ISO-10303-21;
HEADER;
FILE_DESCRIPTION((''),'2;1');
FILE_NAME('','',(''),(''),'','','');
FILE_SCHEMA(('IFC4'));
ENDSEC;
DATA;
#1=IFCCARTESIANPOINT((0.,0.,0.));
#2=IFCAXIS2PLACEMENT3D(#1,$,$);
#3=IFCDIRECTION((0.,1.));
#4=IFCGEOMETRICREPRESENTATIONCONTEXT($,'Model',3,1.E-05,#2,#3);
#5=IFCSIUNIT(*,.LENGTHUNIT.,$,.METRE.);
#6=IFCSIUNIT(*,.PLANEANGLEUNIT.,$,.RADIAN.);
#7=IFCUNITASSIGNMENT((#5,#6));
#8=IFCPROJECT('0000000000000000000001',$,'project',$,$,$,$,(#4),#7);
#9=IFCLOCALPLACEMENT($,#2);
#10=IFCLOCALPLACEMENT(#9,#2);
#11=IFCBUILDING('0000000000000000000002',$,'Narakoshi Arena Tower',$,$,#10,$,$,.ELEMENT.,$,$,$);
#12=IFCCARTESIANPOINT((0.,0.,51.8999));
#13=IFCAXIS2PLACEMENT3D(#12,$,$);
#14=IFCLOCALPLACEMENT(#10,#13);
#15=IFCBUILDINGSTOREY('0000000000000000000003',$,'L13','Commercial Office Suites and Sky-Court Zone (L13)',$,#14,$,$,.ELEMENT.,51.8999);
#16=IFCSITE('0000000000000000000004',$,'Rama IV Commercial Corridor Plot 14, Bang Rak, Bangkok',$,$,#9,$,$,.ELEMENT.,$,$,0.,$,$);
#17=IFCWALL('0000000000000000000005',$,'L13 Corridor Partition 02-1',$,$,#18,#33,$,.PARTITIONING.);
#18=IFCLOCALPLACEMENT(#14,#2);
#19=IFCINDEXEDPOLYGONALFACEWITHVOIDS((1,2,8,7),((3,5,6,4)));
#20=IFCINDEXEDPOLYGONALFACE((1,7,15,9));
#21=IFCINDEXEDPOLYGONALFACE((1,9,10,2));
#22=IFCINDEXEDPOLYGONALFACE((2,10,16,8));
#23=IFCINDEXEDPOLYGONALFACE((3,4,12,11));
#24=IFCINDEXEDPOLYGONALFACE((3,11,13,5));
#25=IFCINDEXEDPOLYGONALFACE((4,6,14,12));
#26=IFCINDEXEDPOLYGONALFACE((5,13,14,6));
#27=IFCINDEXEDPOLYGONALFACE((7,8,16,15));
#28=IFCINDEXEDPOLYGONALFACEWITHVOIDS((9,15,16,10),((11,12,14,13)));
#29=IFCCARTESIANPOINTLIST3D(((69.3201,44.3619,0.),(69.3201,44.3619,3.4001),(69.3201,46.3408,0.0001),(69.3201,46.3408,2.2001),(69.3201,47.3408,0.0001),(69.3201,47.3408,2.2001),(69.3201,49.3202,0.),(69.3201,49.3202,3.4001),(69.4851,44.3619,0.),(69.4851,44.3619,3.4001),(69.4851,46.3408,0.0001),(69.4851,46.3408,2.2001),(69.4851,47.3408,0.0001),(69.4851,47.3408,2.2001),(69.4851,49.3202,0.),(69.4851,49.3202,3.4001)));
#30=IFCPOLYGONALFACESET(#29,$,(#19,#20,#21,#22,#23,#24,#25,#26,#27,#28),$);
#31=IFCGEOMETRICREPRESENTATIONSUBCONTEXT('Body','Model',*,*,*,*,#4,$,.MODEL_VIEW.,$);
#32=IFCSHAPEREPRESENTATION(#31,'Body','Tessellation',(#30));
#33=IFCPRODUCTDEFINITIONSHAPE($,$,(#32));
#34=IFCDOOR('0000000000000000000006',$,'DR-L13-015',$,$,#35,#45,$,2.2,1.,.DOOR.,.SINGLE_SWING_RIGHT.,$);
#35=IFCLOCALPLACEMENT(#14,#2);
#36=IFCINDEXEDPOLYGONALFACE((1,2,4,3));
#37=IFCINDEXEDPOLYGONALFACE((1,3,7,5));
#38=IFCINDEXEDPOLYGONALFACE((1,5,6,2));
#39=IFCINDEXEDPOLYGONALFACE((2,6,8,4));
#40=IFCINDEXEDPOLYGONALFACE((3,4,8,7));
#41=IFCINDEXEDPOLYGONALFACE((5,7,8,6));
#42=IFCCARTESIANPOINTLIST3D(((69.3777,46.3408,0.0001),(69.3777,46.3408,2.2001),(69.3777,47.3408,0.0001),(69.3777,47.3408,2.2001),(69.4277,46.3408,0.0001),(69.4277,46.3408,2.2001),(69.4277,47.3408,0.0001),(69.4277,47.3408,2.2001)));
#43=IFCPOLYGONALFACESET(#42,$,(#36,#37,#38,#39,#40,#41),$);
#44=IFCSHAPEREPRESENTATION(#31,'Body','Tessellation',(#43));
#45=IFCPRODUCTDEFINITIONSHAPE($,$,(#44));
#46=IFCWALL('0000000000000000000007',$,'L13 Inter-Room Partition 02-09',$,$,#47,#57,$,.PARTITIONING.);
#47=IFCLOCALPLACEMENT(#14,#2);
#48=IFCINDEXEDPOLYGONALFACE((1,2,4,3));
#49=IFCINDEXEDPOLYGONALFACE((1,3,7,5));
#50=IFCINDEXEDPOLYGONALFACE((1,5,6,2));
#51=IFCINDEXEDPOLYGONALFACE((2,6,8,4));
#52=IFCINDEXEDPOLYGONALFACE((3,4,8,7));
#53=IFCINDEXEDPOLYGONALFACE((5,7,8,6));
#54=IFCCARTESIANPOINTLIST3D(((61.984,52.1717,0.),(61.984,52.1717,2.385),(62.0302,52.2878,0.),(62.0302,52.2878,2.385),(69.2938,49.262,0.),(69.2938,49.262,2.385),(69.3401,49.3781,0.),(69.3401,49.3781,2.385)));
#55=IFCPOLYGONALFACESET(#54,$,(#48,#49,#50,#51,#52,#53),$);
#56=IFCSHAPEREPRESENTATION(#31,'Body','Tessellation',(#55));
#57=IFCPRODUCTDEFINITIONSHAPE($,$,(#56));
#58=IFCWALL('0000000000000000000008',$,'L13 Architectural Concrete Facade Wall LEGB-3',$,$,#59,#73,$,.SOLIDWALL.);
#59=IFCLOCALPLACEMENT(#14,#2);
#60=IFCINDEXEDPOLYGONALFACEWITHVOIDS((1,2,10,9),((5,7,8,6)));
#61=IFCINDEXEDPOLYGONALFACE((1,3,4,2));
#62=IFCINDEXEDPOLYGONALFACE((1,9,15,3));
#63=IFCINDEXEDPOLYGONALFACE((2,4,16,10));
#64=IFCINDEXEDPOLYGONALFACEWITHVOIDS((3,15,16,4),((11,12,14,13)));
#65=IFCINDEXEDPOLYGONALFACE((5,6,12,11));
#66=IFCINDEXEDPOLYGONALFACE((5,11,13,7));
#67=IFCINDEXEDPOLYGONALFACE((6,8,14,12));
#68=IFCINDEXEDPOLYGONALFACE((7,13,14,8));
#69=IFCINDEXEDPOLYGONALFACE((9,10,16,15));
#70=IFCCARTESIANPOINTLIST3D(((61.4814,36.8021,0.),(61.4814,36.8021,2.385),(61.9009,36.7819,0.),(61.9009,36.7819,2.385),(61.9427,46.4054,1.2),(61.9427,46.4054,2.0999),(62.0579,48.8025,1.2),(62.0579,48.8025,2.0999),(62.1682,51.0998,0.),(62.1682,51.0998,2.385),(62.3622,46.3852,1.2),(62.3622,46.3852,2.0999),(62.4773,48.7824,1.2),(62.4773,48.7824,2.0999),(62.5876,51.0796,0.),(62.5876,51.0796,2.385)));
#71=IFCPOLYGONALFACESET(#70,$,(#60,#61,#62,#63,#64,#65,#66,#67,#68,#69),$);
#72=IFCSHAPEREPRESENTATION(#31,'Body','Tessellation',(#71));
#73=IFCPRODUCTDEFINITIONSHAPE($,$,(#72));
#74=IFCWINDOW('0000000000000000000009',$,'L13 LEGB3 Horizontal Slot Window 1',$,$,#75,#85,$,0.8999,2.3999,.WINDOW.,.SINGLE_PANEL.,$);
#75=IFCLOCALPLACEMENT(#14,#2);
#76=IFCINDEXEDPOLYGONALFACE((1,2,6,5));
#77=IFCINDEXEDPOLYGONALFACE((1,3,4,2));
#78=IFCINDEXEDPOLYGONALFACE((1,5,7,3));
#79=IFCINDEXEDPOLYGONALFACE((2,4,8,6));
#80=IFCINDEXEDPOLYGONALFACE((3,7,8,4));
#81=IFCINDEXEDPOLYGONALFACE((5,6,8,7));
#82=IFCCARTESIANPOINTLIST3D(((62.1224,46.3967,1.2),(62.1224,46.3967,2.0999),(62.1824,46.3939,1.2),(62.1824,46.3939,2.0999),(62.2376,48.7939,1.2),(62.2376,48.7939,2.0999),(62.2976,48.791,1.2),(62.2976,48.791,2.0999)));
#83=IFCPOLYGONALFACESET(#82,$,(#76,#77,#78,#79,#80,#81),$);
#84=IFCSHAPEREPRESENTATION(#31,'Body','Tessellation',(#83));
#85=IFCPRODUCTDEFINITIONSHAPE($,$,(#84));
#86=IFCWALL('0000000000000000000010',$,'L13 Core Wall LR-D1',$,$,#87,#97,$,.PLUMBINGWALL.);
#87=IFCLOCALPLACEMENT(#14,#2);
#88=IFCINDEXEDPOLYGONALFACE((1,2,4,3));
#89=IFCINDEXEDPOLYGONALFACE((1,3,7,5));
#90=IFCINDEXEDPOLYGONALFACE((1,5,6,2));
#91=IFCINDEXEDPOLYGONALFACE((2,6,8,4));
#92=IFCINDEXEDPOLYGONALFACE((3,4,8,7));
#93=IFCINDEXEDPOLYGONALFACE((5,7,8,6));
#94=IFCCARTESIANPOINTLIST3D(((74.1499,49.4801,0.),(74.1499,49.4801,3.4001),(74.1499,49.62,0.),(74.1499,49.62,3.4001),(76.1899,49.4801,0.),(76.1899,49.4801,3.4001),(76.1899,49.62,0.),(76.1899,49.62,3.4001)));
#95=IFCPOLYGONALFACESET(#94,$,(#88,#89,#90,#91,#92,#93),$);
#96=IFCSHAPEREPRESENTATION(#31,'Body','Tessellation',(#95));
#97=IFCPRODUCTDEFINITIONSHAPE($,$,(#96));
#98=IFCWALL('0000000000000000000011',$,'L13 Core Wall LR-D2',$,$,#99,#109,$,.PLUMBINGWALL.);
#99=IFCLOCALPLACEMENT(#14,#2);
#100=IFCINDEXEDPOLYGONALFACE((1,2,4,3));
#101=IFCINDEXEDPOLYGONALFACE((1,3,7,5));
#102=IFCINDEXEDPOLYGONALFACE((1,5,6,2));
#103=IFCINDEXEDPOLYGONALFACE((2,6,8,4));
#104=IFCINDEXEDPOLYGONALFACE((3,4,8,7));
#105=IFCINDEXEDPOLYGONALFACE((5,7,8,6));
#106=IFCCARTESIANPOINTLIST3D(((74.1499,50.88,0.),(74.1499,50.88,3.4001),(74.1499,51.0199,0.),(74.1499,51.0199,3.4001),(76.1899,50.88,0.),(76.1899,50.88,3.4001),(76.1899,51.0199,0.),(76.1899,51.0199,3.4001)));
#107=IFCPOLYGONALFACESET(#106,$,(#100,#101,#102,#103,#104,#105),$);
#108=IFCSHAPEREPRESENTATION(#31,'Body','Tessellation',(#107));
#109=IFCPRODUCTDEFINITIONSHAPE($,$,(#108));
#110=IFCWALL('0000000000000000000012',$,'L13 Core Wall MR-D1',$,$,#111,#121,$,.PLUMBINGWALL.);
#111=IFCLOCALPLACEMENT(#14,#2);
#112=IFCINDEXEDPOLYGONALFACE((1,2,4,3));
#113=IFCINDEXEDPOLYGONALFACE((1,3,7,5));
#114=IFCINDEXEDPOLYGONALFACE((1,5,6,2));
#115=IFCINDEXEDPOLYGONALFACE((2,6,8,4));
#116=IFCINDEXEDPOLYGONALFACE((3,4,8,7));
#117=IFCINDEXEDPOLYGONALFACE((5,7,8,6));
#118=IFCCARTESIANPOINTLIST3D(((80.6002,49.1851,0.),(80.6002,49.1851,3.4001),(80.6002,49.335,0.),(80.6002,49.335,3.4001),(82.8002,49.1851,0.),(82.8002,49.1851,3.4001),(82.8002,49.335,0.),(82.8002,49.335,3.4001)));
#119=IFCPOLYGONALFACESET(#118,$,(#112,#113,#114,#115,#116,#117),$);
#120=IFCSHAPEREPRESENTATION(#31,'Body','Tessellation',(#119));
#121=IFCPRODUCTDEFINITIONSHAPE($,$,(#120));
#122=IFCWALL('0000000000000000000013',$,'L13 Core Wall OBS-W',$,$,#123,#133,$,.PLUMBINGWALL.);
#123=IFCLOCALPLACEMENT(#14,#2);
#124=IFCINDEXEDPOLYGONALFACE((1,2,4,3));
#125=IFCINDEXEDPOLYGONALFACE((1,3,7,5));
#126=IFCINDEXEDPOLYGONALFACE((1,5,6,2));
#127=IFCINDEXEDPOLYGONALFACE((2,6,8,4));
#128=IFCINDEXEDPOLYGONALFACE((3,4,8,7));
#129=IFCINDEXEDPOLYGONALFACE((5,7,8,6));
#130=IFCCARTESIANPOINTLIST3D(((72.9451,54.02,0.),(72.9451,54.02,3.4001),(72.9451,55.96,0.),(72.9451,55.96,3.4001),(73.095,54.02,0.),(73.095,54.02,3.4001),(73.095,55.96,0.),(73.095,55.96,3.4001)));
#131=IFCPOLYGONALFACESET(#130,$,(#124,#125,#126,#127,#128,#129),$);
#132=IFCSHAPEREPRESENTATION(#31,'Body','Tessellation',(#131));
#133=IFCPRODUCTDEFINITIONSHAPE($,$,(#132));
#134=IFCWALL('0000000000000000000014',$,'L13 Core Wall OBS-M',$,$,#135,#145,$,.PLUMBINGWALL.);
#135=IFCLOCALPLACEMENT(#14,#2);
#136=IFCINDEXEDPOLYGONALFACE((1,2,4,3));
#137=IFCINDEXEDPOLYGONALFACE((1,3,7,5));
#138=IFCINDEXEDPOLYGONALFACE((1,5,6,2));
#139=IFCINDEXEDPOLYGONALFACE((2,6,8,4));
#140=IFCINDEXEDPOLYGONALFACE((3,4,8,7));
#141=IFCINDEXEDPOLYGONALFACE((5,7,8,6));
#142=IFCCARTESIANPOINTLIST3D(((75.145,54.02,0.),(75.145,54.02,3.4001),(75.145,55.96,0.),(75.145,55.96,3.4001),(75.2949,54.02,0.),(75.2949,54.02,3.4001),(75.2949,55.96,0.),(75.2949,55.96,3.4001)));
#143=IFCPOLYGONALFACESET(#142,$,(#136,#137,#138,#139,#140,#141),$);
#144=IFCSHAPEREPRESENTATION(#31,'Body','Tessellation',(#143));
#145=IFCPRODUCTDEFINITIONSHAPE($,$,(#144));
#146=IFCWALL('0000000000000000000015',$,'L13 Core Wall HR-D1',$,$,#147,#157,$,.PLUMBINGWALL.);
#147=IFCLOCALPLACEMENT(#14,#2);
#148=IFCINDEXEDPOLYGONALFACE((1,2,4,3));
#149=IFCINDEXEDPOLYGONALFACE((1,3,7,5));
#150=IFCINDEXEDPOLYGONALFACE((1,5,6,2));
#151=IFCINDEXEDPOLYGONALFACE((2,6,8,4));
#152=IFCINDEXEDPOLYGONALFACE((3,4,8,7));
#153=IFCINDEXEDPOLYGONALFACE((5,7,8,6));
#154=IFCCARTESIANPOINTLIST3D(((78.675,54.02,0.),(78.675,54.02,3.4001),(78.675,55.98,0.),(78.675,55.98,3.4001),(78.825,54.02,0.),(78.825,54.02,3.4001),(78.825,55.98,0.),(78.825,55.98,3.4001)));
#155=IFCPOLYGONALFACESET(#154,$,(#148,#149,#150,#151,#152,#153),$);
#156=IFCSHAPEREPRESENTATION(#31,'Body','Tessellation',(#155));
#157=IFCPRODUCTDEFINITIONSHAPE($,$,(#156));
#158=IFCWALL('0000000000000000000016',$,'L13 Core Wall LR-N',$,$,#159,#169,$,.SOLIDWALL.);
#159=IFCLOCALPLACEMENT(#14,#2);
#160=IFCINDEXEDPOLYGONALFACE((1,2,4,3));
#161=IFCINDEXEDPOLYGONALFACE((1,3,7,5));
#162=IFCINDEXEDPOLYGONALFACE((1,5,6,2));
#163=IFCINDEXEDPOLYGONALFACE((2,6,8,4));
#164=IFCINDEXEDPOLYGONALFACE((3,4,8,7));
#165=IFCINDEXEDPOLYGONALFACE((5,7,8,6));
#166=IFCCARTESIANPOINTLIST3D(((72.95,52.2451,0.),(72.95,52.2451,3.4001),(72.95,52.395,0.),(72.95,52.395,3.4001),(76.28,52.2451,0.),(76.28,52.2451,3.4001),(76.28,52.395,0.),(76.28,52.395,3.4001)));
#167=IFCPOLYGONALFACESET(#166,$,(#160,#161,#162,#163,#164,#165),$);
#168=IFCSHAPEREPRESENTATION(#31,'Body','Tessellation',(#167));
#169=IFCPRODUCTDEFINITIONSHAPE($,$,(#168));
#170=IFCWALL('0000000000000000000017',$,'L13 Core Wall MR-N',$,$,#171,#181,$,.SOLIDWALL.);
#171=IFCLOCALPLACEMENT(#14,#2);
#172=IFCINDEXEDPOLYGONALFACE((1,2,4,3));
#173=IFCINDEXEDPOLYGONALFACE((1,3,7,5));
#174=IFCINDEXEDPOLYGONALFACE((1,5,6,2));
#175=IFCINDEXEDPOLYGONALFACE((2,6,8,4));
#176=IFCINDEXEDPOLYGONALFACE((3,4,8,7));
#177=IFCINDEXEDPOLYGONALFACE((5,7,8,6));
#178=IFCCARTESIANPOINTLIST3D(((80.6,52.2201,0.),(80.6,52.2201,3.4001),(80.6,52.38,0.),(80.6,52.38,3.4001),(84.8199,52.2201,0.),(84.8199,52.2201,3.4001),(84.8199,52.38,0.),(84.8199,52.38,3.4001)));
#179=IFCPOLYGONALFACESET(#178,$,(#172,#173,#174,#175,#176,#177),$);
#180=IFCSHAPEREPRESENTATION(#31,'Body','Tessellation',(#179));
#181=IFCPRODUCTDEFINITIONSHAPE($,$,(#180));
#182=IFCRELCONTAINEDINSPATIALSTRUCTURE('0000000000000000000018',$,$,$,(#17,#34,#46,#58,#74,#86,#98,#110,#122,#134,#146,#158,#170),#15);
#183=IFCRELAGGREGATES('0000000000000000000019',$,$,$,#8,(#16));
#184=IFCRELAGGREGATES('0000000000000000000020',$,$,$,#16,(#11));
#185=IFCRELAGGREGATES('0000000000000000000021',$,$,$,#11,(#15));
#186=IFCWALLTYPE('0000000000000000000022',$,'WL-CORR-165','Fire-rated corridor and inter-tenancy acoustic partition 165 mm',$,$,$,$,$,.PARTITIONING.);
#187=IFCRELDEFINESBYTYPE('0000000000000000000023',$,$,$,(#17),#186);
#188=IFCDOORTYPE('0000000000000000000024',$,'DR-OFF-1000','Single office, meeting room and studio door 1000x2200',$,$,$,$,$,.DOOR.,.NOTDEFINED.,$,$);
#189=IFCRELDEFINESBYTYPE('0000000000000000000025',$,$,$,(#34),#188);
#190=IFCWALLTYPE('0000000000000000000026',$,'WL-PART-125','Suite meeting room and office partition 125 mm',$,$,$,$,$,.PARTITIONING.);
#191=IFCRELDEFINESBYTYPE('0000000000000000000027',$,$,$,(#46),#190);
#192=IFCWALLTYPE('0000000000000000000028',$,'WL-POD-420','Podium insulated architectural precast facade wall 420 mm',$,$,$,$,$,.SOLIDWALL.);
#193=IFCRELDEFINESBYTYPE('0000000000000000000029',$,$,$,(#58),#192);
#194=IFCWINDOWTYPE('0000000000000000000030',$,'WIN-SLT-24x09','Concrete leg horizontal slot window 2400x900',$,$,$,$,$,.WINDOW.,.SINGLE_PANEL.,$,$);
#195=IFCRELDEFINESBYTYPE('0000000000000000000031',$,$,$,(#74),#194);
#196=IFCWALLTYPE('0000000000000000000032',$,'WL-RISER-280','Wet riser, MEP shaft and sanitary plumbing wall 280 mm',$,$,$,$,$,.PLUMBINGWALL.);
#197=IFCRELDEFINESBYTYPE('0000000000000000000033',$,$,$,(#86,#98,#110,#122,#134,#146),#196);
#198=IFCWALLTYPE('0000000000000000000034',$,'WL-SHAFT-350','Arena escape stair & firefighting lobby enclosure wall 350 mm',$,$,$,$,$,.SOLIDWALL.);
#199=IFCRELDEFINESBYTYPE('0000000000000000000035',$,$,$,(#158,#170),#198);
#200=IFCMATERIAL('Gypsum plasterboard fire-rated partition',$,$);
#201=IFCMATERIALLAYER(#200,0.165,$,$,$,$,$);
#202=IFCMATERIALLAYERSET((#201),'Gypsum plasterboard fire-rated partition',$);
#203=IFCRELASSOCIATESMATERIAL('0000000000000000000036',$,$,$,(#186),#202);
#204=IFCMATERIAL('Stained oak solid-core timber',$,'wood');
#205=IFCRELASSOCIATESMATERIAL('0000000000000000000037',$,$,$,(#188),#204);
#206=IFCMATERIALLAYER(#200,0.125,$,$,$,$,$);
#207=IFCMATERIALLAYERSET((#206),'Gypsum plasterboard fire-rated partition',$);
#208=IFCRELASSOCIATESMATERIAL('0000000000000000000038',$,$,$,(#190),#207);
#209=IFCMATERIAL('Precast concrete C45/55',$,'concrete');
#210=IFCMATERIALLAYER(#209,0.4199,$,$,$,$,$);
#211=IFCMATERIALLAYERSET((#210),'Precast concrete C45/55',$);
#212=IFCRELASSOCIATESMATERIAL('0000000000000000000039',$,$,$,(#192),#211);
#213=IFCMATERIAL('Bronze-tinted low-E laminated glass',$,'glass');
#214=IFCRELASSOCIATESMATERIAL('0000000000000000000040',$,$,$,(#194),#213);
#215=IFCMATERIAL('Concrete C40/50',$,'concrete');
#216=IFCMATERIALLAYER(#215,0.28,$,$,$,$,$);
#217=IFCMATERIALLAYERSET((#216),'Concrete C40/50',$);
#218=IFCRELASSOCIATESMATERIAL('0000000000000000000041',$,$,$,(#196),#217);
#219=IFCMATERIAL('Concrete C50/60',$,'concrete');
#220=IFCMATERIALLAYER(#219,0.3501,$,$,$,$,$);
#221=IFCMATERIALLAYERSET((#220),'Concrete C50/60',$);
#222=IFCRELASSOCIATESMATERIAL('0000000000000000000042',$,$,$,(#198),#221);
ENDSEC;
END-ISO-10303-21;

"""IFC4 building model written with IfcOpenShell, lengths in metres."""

from ifc_helpers import new_model, si_unit, direction, frame, frame_2d, origin, place, context, subcontext, project, spatial, rectangle, extrude, material, layer, layer_set, type_object, element, fill, save


model = new_model("IFC4")

# Units and contexts
model_context = context("Model", 3, precision=1e-05, world=origin(), true_north=direction((0.0, 1.0)))
body_context = subcontext(model_context, "Body", "Model", "MODEL_VIEW")
ifc_project = project(units=[si_unit("LENGTHUNIT", "METRE"), si_unit("PLANEANGLEUNIT", "RADIAN")], contexts=[model_context])

# Site, building, storey
site_placement = place(None, origin())
site = spatial("IfcSite", under=ifc_project, at=site_placement, Name="Rama IV Commercial Corridor Plot 14, Bang Rak, Bangkok", CompositionType="ELEMENT", RefElevation=0.0)
building_placement = place(site_placement, origin())
building = spatial("IfcBuilding", under=site, at=building_placement, Name="Narakoshi Arena Tower", CompositionType="ELEMENT")
storey_placement = place(building_placement, frame((0.0, 0.0, 51.8999)))
storey = spatial("IfcBuildingStorey", under=building, at=storey_placement, Name="L13", Description="Commercial Office Suites and Sky-Court Zone (L13)", CompositionType="ELEMENT", Elevation=51.8999)

# Wall, opening, door
ifc_material_1 = material(Name="Gypsum plasterboard fire-rated partition")
ifc_layer_1 = layer(ifc_material_1, 0.165)
ifc_layer_set_1 = layer_set([ifc_layer_1], Name="Gypsum plasterboard fire-rated partition")
wall_type_1 = type_object("IfcWallType", Name="WL-CORR-165", Description="Fire-rated corridor and inter-tenancy acoustic partition 165 mm", PredefinedType="PARTITIONING", material=ifc_layer_set_1)
wall_1_placement = place(storey_placement, frame((69.4026, 49.3201, 0.0), z_axis=(0.0, 0.0, 1.0), x_axis=(0.0, -1.0, 0.0)))
wall_1 = element("IfcWall", 1, at=wall_1_placement, inside=storey, type_object=wall_type_1, Name="L13 Corridor Partition 02-1", PredefinedType="PARTITIONING", context=body_context, shape_type="SweptSolid", body=[
    extrude(rectangle(XDim=4.9583, YDim=0.165, at=frame_2d((2.479, 0.0))), origin(), (0.0, 0.0, 1.0), 3.4001),
])
opening_1_placement = place(wall_1_placement, frame((1.9792, 0.0, 0.0)))
opening_1 = element("IfcOpeningElement", 2, at=opening_1_placement, cuts=wall_1, PredefinedType="OPENING", context=body_context, shape_type="SweptSolid", body=[
    extrude(rectangle(XDim=1.0, YDim=2.2, at=frame_2d((0.5, 1.1001))), frame((0.0, 0.0925, 0.0), z_axis=(0.0, -1.0, 0.0), x_axis=(1.0, 0.0, 0.0)), (0.0, 0.0, 1.0), 0.1851),
])
ifc_material_2 = material(Name="Stained oak solid-core timber", Category="wood")
door_type = type_object("IfcDoorType", Name="DR-OFF-1000", Description="Single office, meeting room and studio door 1000x2200", OperationType="NOTDEFINED", PredefinedType="DOOR", material=ifc_material_2)
door_placement = place(opening_1_placement, frame((1.0, 0.0, 0.0), z_axis=(0.0, 0.0, 1.0), x_axis=(-1.0, 0.0, 0.0)))
door = element("IfcDoor", 3, at=door_placement, inside=storey, type_object=door_type, Name="DR-L13-015", OperationType="SINGLE_SWING_RIGHT", OverallHeight=2.2, OverallWidth=1.0, PredefinedType="DOOR", context=body_context, shape_type="SweptSolid", body=[
    extrude(rectangle(XDim=1.0, YDim=2.2, at=frame_2d((0.5, 1.1001))), frame((0.0, 0.0249, 0.0), z_axis=(0.0, -1.0, 0.0), x_axis=(1.0, 0.0, 0.0)), (0.0, 0.0, 1.0), 0.05),
])
fill(opening_1, door)

# Wall
ifc_layer_2 = layer(ifc_material_1, 0.125)
ifc_layer_set_2 = layer_set([ifc_layer_2], Name="Gypsum plasterboard fire-rated partition")
wall_type_2 = type_object("IfcWallType", Name="WL-PART-125", Description="Suite meeting room and office partition 125 mm", PredefinedType="PARTITIONING", material=ifc_layer_set_2)
wall_2_placement = place(storey_placement, frame((62.0071, 52.2297, 0.0), z_axis=(0.0, 0.0, 1.0), x_axis=(0.9291, -0.369828, 0.0)))
element("IfcWall", 4, at=wall_2_placement, inside=storey, type_object=wall_type_2, Name="L13 Inter-Room Partition 02-09", PredefinedType="PARTITIONING", context=body_context, shape_type="SweptSolid", body=[
    extrude(rectangle(XDim=7.8677, YDim=0.125, at=frame_2d((3.9338, 0.0))), origin(), (0.0, 0.0, 1.0), 2.385),
])

# Wall, opening, window
ifc_material_3 = material(Name="Precast concrete C45/55", Category="concrete")
ifc_layer_3 = layer(ifc_material_3, 0.4199)
ifc_layer_set_3 = layer_set([ifc_layer_3], Name="Precast concrete C45/55")
wall_type_3 = type_object("IfcWallType", Name="WL-POD-420", Description="Podium insulated architectural precast facade wall 420 mm", PredefinedType="SOLIDWALL", material=ifc_layer_set_3)
wall_3_placement = place(storey_placement, frame((62.3779, 51.0898, 0.0), z_axis=(0.0, 0.0, 1.0), x_axis=(-0.047978, -0.998848, 0.0)))
wall_3 = element("IfcWall", 5, at=wall_3_placement, inside=storey, type_object=wall_type_3, Name="L13 Architectural Concrete Facade Wall LEGB-3", PredefinedType="SOLIDWALL", context=body_context, shape_type="SweptSolid", body=[
    extrude(rectangle(XDim=14.3142, YDim=0.4199, at=frame_2d((7.1572, 0.0))), origin(), (0.0, 0.0, 1.0), 2.385),
])
opening_2_placement = place(wall_3_placement, frame((2.3, 0.0, 1.2)))
opening_2 = element("IfcOpeningElement", 6, at=opening_2_placement, cuts=wall_3, PredefinedType="OPENING", context=body_context, shape_type="SweptSolid", body=[
    extrude(rectangle(XDim=2.3999, YDim=0.8999, at=frame_2d((1.2, 0.45))), frame((0.0, 0.22, 0.0), z_axis=(0.0, -1.0, 0.0), x_axis=(1.0, 0.0, 0.0)), (0.0, 0.0, 1.0), 0.4399),
])
ifc_material_4 = material(Name="Bronze-tinted low-E laminated glass", Category="glass")
window_type = type_object("IfcWindowType", Name="WIN-SLT-24x09", Description="Concrete leg horizontal slot window 2400x900", PartitioningType="SINGLE_PANEL", PredefinedType="WINDOW", material=ifc_material_4)
window_placement = place(opening_2_placement, origin())
window = element("IfcWindow", 7, at=window_placement, inside=storey, type_object=window_type, Name="L13 LEGB3 Horizontal Slot Window 1", OverallHeight=0.8999, OverallWidth=2.3999, PartitioningType="SINGLE_PANEL", PredefinedType="WINDOW", context=body_context, shape_type="SweptSolid", body=[
    extrude(rectangle(XDim=2.3999, YDim=0.8999, at=frame_2d((1.2, 0.45))), frame((0.0, 0.03, 0.0), z_axis=(0.0, -1.0, 0.0), x_axis=(1.0, 0.0, 0.0)), (0.0, 0.0, 1.0), 0.0601),
])
fill(opening_2, window)

# Walls
ifc_material_5 = material(Name="Concrete C40/50", Category="concrete")
ifc_layer_4 = layer(ifc_material_5, 0.28)
ifc_layer_set_4 = layer_set([ifc_layer_4], Name="Concrete C40/50")
wall_type_4 = type_object("IfcWallType", Name="WL-RISER-280", Description="Wet riser, MEP shaft and sanitary plumbing wall 280 mm", PredefinedType="PLUMBINGWALL", material=ifc_layer_set_4)
for number, where, z_axis, x_axis, name in (
    (8, (74.1499, 49.55, 0.0), (0.0, 0.0, 1.0), (1.0, 0.0, 0.0), "L13 Core Wall LR-D1"),
    (9, (74.1499, 50.95, 0.0), (0.0, 0.0, 1.0), (1.0, 0.0, 0.0), "L13 Core Wall LR-D2"),
):
    element("IfcWall", number, at=place(storey_placement, frame(where, z_axis=z_axis, x_axis=x_axis)), inside=storey, type_object=wall_type_4, Name=name, PredefinedType="PLUMBINGWALL", context=body_context, shape_type="SweptSolid", body=[
        extrude(rectangle(XDim=2.04, YDim=0.1399, at=frame_2d((1.02, 0.0))), origin(), (0.0, 0.0, 1.0), 3.4001),
    ])
wall_4_placement = place(storey_placement, frame((80.6001, 49.26, 0.0), z_axis=(0.0, 0.0, 1.0), x_axis=(1.0, 0.0, 0.0)))
element("IfcWall", 10, at=wall_4_placement, inside=storey, type_object=wall_type_4, Name="L13 Core Wall MR-D1", PredefinedType="PLUMBINGWALL", context=body_context, shape_type="SweptSolid", body=[
    extrude(rectangle(XDim=2.2, YDim=0.1499, at=frame_2d((1.1001, 0.0))), origin(), (0.0, 0.0, 1.0), 3.4001),
])
for number, where, z_axis, x_axis, name in (
    (11, (73.02, 54.02, 0.0), (0.0, 0.0, 1.0), (0.0, 1.0, 0.0), "L13 Core Wall OBS-W"),
    (12, (75.22, 54.02, 0.0), (0.0, 0.0, 1.0), (0.0, 1.0, 0.0), "L13 Core Wall OBS-M"),
):
    element("IfcWall", number, at=place(storey_placement, frame(where, z_axis=z_axis, x_axis=x_axis)), inside=storey, type_object=wall_type_4, Name=name, PredefinedType="PLUMBINGWALL", context=body_context, shape_type="SweptSolid", body=[
        extrude(rectangle(XDim=1.9399, YDim=0.1499, at=frame_2d((0.97, 0.0))), origin(), (0.0, 0.0, 1.0), 3.4001),
    ])
wall_5_placement = place(storey_placement, frame((78.75, 54.02, 0.0), z_axis=(0.0, 0.0, 1.0), x_axis=(0.0, 1.0, 0.0)))
element("IfcWall", 13, at=wall_5_placement, inside=storey, type_object=wall_type_4, Name="L13 Core Wall HR-D1", PredefinedType="PLUMBINGWALL", context=body_context, shape_type="SweptSolid", body=[
    extrude(rectangle(XDim=1.96, YDim=0.1499, at=frame_2d((0.98, 0.0))), origin(), (0.0, 0.0, 1.0), 3.4001),
])
ifc_material_6 = material(Name="Concrete C50/60", Category="concrete")
ifc_layer_5 = layer(ifc_material_6, 0.3501)
ifc_layer_set_5 = layer_set([ifc_layer_5], Name="Concrete C50/60")
wall_type_5 = type_object("IfcWallType", Name="WL-SHAFT-350", Description="Arena escape stair & firefighting lobby enclosure wall 350 mm", PredefinedType="SOLIDWALL", material=ifc_layer_set_5)
wall_6_placement = place(storey_placement, frame((72.95, 52.3201, 0.0), z_axis=(0.0, 0.0, 1.0), x_axis=(1.0, 0.0, 0.0)))
element("IfcWall", 14, at=wall_6_placement, inside=storey, type_object=wall_type_5, Name="L13 Core Wall LR-N", PredefinedType="SOLIDWALL", context=body_context, shape_type="SweptSolid", body=[
    extrude(rectangle(XDim=3.3301, YDim=0.1499, at=frame_2d((1.665, 0.0))), origin(), (0.0, 0.0, 1.0), 3.4001),
])
wall_7_placement = place(storey_placement, frame((80.6001, 52.3, 0.0), z_axis=(0.0, 0.0, 1.0), x_axis=(1.0, 0.0, 0.0)))
element("IfcWall", 15, at=wall_7_placement, inside=storey, type_object=wall_type_5, Name="L13 Core Wall MR-N", PredefinedType="SOLIDWALL", context=body_context, shape_type="SweptSolid", body=[
    extrude(rectangle(XDim=4.22, YDim=0.1599, at=frame_2d((2.1099, 0.0))), origin(), (0.0, 0.0, 1.0), 3.4001),
])

save(model, "model.ifc")
